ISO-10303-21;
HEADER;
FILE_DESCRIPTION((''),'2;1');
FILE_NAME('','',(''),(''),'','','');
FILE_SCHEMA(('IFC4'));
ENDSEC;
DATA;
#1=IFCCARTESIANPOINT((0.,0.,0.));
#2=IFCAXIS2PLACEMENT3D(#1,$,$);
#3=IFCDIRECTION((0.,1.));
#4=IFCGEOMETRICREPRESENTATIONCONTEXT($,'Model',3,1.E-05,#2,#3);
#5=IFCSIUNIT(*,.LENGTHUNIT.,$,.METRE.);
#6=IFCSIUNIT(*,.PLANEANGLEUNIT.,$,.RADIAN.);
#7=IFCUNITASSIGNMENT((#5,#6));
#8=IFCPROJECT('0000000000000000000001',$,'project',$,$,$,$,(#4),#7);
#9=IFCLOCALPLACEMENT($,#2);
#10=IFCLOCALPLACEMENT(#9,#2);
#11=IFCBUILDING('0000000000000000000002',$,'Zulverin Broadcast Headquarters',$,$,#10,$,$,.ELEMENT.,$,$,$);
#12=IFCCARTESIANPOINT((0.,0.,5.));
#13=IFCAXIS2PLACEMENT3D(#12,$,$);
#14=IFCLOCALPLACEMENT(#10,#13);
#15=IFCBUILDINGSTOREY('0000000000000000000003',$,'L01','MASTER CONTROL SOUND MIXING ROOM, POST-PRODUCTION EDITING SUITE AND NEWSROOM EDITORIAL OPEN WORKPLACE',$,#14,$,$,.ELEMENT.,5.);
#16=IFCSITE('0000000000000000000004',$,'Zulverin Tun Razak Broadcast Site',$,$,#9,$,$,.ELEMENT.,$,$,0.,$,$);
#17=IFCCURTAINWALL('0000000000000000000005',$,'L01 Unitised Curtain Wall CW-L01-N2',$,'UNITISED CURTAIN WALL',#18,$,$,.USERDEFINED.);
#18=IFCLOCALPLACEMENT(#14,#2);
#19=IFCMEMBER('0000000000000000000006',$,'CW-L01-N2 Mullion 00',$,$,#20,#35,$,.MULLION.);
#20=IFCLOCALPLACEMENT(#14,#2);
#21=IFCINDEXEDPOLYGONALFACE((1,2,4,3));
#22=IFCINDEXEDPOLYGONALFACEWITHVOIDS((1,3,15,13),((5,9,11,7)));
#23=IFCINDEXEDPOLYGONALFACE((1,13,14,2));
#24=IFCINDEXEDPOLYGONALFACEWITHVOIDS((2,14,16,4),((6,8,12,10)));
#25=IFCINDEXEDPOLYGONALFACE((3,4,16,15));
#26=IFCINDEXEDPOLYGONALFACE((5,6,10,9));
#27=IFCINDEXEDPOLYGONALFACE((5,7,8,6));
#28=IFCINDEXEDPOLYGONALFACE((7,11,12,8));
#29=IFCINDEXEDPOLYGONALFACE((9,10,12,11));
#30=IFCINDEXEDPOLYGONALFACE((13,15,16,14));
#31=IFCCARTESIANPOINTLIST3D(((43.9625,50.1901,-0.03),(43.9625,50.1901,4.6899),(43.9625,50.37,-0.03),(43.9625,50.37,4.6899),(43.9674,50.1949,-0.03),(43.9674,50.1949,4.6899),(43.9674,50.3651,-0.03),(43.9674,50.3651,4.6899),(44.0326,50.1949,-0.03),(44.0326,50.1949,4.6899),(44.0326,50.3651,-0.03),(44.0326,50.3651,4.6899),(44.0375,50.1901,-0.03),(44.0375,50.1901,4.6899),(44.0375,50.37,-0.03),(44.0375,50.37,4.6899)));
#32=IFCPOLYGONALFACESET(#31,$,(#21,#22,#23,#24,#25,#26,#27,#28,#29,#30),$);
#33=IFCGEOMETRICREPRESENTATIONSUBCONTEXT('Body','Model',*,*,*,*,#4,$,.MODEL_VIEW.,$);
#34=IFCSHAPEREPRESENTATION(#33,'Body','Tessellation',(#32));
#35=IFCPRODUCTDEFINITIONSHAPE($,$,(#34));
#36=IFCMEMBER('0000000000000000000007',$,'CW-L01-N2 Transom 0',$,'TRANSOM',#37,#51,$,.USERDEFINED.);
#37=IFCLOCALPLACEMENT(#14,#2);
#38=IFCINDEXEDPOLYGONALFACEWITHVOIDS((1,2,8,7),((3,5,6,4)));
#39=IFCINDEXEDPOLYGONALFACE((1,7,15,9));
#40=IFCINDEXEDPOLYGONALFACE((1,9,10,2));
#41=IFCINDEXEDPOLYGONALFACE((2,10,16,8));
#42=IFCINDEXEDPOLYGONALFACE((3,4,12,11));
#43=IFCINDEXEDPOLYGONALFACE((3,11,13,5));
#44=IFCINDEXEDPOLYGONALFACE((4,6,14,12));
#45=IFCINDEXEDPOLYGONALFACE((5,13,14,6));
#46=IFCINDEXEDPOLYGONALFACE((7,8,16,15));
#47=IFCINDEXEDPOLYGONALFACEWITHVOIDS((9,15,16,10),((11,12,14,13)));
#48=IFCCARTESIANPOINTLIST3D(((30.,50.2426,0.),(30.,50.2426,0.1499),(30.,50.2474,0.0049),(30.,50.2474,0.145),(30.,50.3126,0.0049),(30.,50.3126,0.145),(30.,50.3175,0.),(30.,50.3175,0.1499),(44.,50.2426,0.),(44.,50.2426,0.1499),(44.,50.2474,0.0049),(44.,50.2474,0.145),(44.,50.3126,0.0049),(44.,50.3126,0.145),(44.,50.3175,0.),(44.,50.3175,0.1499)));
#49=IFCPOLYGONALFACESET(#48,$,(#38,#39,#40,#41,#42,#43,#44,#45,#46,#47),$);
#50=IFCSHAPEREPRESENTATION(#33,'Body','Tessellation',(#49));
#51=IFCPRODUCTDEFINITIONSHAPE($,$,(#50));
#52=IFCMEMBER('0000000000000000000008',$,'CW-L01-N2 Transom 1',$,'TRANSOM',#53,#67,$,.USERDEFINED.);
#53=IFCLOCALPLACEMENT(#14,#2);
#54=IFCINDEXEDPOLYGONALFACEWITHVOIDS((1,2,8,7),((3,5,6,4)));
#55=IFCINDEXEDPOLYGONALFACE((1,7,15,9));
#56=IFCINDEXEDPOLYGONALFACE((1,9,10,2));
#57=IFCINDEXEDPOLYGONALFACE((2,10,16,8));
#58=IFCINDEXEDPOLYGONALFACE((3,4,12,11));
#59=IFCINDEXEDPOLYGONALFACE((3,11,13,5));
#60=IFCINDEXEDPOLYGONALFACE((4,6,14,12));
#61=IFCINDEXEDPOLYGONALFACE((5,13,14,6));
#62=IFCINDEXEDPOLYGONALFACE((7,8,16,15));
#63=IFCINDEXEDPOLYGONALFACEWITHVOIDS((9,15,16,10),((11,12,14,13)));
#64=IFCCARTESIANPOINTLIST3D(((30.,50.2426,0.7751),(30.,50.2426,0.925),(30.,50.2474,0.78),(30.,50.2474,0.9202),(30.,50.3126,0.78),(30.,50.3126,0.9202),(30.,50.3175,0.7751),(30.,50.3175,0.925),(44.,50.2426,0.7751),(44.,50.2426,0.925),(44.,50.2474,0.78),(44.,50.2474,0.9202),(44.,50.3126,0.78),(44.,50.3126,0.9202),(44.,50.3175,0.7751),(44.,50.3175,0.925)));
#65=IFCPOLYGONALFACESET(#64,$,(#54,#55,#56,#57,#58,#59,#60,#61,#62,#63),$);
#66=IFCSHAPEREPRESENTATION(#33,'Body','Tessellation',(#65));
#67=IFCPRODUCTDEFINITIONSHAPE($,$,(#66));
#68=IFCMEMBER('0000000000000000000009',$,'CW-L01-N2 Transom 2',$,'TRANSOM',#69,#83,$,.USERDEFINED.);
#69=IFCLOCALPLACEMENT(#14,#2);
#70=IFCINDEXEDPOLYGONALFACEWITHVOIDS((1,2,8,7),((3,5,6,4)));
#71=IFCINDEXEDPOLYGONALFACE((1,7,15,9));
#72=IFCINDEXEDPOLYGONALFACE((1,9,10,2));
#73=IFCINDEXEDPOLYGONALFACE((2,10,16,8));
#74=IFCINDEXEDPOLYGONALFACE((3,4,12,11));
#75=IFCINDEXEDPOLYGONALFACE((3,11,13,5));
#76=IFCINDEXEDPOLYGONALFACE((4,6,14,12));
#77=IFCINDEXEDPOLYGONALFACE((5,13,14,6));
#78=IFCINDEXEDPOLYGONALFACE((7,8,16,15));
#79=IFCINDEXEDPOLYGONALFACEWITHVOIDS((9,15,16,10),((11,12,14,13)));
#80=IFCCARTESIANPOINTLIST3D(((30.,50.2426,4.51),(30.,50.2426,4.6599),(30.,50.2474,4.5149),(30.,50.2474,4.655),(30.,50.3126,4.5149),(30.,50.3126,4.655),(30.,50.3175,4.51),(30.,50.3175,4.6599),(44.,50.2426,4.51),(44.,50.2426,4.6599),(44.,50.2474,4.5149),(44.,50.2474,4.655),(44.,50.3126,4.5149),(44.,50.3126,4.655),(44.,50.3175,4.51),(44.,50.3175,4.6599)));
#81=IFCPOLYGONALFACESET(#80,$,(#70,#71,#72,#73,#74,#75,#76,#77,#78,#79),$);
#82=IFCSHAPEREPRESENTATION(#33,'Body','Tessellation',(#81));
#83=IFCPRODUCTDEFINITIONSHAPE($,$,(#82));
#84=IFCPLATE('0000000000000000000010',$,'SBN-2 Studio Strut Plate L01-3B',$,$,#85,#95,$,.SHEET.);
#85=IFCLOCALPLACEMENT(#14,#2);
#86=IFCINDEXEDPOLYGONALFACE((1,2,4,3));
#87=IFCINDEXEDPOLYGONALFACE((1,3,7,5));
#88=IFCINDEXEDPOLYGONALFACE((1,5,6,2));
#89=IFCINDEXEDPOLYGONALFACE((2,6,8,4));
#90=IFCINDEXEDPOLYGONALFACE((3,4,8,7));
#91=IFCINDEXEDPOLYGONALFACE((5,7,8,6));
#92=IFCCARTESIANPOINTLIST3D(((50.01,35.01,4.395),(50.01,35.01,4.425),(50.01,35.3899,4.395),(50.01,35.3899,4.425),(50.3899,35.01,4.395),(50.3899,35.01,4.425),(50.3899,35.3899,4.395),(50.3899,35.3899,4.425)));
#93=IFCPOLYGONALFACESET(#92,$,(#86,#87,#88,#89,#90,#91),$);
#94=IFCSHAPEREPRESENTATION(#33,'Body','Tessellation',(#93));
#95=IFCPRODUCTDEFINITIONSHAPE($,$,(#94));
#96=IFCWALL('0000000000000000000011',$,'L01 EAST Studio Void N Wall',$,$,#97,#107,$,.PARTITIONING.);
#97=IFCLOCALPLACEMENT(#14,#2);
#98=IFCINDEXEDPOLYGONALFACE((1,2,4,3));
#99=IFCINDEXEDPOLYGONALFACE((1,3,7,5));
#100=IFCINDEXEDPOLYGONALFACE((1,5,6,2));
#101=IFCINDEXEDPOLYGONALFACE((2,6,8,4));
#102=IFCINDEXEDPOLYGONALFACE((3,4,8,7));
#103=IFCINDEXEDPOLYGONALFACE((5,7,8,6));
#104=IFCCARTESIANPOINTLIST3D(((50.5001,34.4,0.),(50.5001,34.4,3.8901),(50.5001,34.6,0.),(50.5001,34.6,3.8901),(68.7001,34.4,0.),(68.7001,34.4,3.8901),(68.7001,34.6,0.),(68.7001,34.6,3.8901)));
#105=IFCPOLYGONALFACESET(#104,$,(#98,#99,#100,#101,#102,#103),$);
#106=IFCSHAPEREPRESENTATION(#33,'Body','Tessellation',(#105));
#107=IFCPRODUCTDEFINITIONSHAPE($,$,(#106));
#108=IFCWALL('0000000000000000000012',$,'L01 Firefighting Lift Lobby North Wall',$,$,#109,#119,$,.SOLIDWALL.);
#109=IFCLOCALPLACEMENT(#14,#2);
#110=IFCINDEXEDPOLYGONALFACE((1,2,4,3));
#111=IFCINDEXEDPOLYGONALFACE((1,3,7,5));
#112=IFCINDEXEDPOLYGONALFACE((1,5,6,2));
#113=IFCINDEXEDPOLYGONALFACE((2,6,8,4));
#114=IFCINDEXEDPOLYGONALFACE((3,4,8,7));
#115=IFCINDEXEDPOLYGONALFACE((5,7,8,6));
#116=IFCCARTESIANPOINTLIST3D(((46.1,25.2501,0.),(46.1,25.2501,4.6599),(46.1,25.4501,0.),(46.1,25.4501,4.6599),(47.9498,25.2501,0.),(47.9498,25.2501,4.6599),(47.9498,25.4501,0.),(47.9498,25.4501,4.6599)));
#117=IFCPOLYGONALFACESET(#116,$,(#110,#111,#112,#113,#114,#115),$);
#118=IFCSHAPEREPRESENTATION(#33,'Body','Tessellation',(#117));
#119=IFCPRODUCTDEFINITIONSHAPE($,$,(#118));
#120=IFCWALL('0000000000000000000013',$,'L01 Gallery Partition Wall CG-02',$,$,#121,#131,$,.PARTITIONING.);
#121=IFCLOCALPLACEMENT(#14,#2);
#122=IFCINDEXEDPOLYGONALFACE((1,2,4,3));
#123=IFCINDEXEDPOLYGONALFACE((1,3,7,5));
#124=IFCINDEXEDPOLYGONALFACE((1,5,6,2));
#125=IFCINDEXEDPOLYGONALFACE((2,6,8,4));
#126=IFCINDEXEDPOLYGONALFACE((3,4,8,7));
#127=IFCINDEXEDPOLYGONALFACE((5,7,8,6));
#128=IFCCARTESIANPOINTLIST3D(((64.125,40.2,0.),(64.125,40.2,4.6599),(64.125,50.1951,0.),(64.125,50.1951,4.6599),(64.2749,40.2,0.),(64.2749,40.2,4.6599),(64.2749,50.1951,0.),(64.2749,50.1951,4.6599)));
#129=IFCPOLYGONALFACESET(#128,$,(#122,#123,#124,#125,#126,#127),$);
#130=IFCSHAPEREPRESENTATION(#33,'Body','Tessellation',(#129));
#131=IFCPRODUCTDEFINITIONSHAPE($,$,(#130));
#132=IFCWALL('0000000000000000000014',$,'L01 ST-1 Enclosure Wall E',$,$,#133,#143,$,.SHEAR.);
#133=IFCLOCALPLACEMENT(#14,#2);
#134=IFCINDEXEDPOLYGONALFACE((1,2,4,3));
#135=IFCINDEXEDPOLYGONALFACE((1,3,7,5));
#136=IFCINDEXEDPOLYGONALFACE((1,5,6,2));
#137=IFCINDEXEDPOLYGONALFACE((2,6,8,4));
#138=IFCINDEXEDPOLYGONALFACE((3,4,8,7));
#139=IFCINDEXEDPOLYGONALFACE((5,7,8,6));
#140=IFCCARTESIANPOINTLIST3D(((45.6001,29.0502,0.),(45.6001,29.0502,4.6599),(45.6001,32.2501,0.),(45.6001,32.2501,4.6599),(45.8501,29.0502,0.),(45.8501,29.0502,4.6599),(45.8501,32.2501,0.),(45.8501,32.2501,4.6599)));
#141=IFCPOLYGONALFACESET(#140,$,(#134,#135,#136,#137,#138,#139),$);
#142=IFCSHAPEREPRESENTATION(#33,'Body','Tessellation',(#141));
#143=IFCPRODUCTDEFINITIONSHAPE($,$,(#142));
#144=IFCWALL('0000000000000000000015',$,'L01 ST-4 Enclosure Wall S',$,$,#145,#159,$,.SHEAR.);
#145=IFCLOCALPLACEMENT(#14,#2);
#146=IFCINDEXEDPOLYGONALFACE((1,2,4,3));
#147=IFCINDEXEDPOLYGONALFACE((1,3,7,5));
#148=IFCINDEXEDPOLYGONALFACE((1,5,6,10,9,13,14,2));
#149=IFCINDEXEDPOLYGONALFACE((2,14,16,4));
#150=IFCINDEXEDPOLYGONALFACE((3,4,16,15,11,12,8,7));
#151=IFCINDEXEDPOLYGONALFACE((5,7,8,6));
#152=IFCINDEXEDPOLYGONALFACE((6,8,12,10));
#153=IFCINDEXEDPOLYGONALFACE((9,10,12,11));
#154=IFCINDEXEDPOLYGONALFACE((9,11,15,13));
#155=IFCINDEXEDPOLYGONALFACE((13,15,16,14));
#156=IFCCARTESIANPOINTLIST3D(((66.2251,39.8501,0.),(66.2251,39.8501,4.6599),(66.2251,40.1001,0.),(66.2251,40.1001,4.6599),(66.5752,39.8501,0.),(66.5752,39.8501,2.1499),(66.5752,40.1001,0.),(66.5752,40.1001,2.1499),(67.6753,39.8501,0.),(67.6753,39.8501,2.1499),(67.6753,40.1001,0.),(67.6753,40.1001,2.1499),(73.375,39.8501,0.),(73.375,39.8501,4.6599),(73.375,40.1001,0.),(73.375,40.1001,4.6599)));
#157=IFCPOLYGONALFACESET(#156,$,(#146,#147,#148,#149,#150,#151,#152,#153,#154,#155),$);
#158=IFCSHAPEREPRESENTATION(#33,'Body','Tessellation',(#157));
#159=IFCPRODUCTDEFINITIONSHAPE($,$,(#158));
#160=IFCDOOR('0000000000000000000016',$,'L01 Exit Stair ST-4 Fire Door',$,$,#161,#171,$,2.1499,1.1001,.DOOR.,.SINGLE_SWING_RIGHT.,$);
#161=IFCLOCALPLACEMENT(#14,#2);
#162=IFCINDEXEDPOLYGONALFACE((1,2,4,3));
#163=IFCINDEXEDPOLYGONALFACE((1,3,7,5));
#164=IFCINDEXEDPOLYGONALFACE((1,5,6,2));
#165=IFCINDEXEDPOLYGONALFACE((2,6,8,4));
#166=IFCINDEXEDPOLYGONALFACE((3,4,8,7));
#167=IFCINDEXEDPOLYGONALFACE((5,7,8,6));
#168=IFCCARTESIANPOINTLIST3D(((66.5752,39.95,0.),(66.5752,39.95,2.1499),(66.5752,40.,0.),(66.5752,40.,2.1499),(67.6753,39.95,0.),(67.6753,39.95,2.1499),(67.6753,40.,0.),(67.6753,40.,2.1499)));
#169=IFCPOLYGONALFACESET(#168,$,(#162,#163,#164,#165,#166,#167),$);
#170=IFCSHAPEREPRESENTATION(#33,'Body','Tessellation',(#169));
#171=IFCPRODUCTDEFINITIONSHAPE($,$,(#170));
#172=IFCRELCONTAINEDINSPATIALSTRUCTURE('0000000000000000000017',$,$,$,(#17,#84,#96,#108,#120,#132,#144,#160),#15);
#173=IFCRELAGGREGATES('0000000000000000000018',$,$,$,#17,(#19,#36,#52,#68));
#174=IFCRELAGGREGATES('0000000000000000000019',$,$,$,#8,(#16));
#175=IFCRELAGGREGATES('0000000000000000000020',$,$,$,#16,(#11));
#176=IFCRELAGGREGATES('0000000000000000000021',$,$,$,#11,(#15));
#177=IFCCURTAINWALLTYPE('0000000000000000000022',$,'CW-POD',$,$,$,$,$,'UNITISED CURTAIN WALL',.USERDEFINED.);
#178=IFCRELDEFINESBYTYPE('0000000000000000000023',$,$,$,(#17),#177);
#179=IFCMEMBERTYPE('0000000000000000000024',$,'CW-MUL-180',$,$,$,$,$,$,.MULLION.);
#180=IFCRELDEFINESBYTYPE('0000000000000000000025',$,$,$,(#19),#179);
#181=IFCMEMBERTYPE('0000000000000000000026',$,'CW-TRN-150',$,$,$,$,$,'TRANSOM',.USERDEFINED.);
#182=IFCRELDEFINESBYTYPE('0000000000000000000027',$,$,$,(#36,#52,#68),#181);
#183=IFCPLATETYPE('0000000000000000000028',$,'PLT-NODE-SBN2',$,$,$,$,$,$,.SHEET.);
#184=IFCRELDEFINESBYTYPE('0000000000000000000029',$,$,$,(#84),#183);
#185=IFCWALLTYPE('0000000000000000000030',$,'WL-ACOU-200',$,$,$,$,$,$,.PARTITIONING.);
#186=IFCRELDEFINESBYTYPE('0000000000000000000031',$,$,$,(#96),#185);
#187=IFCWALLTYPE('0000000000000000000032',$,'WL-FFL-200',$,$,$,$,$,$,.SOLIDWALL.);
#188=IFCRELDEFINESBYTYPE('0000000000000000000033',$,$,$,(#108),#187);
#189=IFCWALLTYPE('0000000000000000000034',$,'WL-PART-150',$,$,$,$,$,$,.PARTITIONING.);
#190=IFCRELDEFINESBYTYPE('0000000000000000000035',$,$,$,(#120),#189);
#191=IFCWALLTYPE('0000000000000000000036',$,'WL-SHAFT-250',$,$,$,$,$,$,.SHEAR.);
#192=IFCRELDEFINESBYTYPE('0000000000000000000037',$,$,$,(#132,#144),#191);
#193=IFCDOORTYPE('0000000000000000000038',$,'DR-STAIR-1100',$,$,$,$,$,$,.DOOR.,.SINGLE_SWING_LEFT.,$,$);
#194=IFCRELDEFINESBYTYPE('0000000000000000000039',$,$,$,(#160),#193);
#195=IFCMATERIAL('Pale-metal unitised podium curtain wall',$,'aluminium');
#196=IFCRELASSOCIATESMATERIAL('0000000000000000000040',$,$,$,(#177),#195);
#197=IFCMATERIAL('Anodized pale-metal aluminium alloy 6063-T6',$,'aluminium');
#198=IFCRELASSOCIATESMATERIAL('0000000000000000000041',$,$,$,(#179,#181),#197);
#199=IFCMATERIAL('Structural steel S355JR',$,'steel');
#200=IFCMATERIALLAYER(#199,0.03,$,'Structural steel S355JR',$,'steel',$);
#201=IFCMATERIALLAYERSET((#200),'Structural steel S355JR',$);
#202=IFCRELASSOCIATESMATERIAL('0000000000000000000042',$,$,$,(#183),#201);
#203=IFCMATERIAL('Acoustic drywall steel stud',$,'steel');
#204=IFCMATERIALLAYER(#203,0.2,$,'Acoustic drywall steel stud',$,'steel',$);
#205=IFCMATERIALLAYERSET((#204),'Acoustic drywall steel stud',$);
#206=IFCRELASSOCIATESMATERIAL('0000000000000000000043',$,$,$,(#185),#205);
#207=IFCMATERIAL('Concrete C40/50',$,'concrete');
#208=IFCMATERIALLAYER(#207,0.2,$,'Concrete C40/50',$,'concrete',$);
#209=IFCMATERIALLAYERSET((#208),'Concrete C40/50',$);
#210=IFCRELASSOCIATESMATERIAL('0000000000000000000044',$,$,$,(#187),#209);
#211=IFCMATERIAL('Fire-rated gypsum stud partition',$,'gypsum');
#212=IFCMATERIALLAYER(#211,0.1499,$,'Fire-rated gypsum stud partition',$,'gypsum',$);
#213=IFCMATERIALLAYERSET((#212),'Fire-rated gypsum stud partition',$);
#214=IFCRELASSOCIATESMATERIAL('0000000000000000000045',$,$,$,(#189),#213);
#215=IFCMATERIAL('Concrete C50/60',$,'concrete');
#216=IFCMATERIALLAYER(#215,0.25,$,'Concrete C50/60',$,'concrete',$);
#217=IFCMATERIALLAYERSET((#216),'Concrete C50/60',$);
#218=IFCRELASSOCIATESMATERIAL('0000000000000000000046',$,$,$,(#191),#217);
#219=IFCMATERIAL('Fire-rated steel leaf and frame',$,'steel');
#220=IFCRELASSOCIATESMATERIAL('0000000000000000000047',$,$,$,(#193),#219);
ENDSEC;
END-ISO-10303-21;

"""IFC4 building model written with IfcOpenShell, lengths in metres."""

from ifc_helpers import new_model, si_unit, direction, frame, frame_2d, origin, origin_2d, place, context, subcontext, project, spatial, rectangle, hollow_rectangle, extrude, material, layer, layer_set, material_profile, profile_set, type_object, element, fill, aggregate, save


model = new_model("IFC4")

# Units and contexts
model_context = context("Model", 3, precision=1e-05, world=origin(), true_north=direction((0.0, 1.0)))
body_context = subcontext(model_context, "Body", "Model", "MODEL_VIEW")
ifc_project = project(units=[si_unit("LENGTHUNIT", "METRE"), si_unit("PLANEANGLEUNIT", "RADIAN")], contexts=[model_context])

# Site, building, storey
site_placement = place(None, origin())
site = spatial("IfcSite", under=ifc_project, at=site_placement, Name="Zulverin Tun Razak Broadcast Site", CompositionType="ELEMENT", RefElevation=0.0)
building_placement = place(site_placement, origin())
building = spatial("IfcBuilding", under=site, at=building_placement, Name="Zulverin Broadcast Headquarters", CompositionType="ELEMENT")
storey_placement = place(building_placement, frame((0.0, 0.0, 5.0)))
storey = spatial("IfcBuildingStorey", under=building, at=storey_placement, Name="L01", Description="MASTER CONTROL SOUND MIXING ROOM, POST-PRODUCTION EDITING SUITE AND NEWSROOM EDITORIAL OPEN WORKPLACE", CompositionType="ELEMENT", Elevation=5.0)

# Shared definitions
ifc_material_1 = material(Name="Structural steel S355JR", Category="steel")

# Curtain wall, members
ifc_material_2 = material(Name="Pale-metal unitised podium curtain wall", Category="aluminium")
curtain_wall_type = type_object("IfcCurtainWallType", Name="CW-POD", ElementType="UNITISED CURTAIN WALL", PredefinedType="USERDEFINED", material=ifc_material_2)
curtain_wall_placement = place(storey_placement, origin())
curtain_wall = element("IfcCurtainWall", 1, at=curtain_wall_placement, inside=storey, type_object=curtain_wall_type, Name="L01 Unitised Curtain Wall CW-L01-N2", ObjectType="UNITISED CURTAIN WALL", PredefinedType="USERDEFINED")
ifc_material_3 = material(Name="Anodized pale-metal aluminium alloy 6063-T6", Category="aluminium")
ifc_material_profile_1 = material_profile(ifc_material_3, hollow_rectangle(XDim=0.075, YDim=0.1799, WallThickness=0.0049, at=origin_2d()), Name="Anodized pale-metal aluminium alloy 6063-T6", Category="aluminium")
ifc_profile_set_1 = profile_set([ifc_material_profile_1], Name="Anodized pale-metal aluminium alloy 6063-T6")
member_type_1 = type_object("IfcMemberType", Name="CW-MUL-180", PredefinedType="MULLION", material=ifc_profile_set_1)
member_1_placement = place(storey_placement, frame((44.0, 50.28, -0.03), z_axis=(0.0, 0.0, 1.0), x_axis=(-1.0, 0.0, 0.0)))
member_1 = element("IfcMember", 2, at=member_1_placement, type_object=member_type_1, Name="CW-L01-N2 Mullion 00", PredefinedType="MULLION", context=body_context, shape_type="SweptSolid", body=[
    extrude(hollow_rectangle(XDim=0.075, YDim=0.1799, WallThickness=0.0049, at=origin_2d()), origin(), (0.0, 0.0, 1.0), 4.72),
])
ifc_material_profile_2 = material_profile(ifc_material_3, hollow_rectangle(XDim=0.075, YDim=0.1499, WallThickness=0.0049, at=origin_2d()), Name="Anodized pale-metal aluminium alloy 6063-T6", Category="aluminium")
ifc_profile_set_2 = profile_set([ifc_material_profile_2], Name="Anodized pale-metal aluminium alloy 6063-T6")
member_type_2 = type_object("IfcMemberType", Name="CW-TRN-150", ElementType="TRANSOM", PredefinedType="USERDEFINED", material=ifc_profile_set_2)
member_2_placement = place(storey_placement, frame((44.0, 50.28, 0.075), z_axis=(-1.0, 0.0, 0.0), x_axis=(0.0, -1.0, 0.0)))
member_2 = element("IfcMember", 3, at=member_2_placement, type_object=member_type_2, Name="CW-L01-N2 Transom 0", ObjectType="TRANSOM", PredefinedType="USERDEFINED", context=body_context, shape_type="SweptSolid", body=[
    extrude(hollow_rectangle(XDim=0.075, YDim=0.1499, WallThickness=0.0049, at=origin_2d()), origin(), (0.0, 0.0, 1.0), 14.0),
])
member_3_placement = place(storey_placement, frame((44.0, 50.28, 0.8501), z_axis=(-1.0, 0.0, 0.0), x_axis=(0.0, -1.0, 0.0)))
member_3 = element("IfcMember", 4, at=member_3_placement, type_object=member_type_2, Name="CW-L01-N2 Transom 1", ObjectType="TRANSOM", PredefinedType="USERDEFINED", context=body_context, shape_type="SweptSolid", body=[
    extrude(hollow_rectangle(XDim=0.075, YDim=0.1499, WallThickness=0.0049, at=origin_2d()), origin(), (0.0, 0.0, 1.0), 14.0),
])
member_4_placement = place(storey_placement, frame((44.0, 50.28, 4.585), z_axis=(-1.0, 0.0, 0.0), x_axis=(0.0, -1.0, 0.0)))
member_4 = element("IfcMember", 5, at=member_4_placement, type_object=member_type_2, Name="CW-L01-N2 Transom 2", ObjectType="TRANSOM", PredefinedType="USERDEFINED", context=body_context, shape_type="SweptSolid", body=[
    extrude(hollow_rectangle(XDim=0.075, YDim=0.1499, WallThickness=0.0049, at=origin_2d()), origin(), (0.0, 0.0, 1.0), 14.0),
])
aggregate(curtain_wall, [member_1, member_2, member_3, member_4])

# Plate
ifc_layer_1 = layer(ifc_material_1, 0.03, Name="Structural steel S355JR", Category="steel")
ifc_layer_set_1 = layer_set([ifc_layer_1], Name="Structural steel S355JR")
plate_type = type_object("IfcPlateType", Name="PLT-NODE-SBN2", PredefinedType="SHEET", material=ifc_layer_set_1)
plate_placement = place(storey_placement, frame((50.2, 35.2, 4.395), z_axis=(0.0, 0.0, 1.0), x_axis=(1.0, 0.0, 0.0)))
element("IfcPlate", 6, at=plate_placement, inside=storey, type_object=plate_type, Name="SBN-2 Studio Strut Plate L01-3B", PredefinedType="SHEET", context=body_context, shape_type="SweptSolid", body=[
    extrude(rectangle(XDim=0.3799, YDim=0.3799, at=origin_2d()), origin(), (0.0, 0.0, 1.0), 0.03),
])

# Walls
ifc_material_4 = material(Name="Acoustic drywall steel stud", Category="steel")
ifc_layer_2 = layer(ifc_material_4, 0.2, Name="Acoustic drywall steel stud", Category="steel")
ifc_layer_set_2 = layer_set([ifc_layer_2], Name="Acoustic drywall steel stud")
wall_type_1 = type_object("IfcWallType", Name="WL-ACOU-200", PredefinedType="PARTITIONING", material=ifc_layer_set_2)
wall_1_placement = place(storey_placement, frame((50.5, 34.5, 0.0), z_axis=(0.0, 0.0, 1.0), x_axis=(1.0, 0.0, 0.0)))
element("IfcWall", 7, at=wall_1_placement, inside=storey, type_object=wall_type_1, Name="L01 EAST Studio Void N Wall", PredefinedType="PARTITIONING", context=body_context, shape_type="SweptSolid", body=[
    extrude(rectangle(XDim=18.2, YDim=0.2, at=frame_2d((9.1001, 0.0))), origin(), (0.0, 0.0, 1.0), 3.8901),
])
ifc_material_5 = material(Name="Concrete C40/50", Category="concrete")
ifc_layer_3 = layer(ifc_material_5, 0.2, Name="Concrete C40/50", Category="concrete")
ifc_layer_set_3 = layer_set([ifc_layer_3], Name="Concrete C40/50")
wall_type_2 = type_object("IfcWallType", Name="WL-FFL-200", PredefinedType="SOLIDWALL", material=ifc_layer_set_3)
wall_2_placement = place(storey_placement, frame((46.1001, 25.3501, 0.0), z_axis=(0.0, 0.0, 1.0), x_axis=(1.0, 0.0, 0.0)))
element("IfcWall", 8, at=wall_2_placement, inside=storey, type_object=wall_type_2, Name="L01 Firefighting Lift Lobby North Wall", PredefinedType="SOLIDWALL", context=body_context, shape_type="SweptSolid", body=[
    extrude(rectangle(XDim=1.8499, YDim=0.2, at=frame_2d((0.9248, 0.0))), origin(), (0.0, 0.0, 1.0), 4.6599),
])
ifc_material_6 = material(Name="Fire-rated gypsum stud partition", Category="gypsum")
ifc_layer_4 = layer(ifc_material_6, 0.1499, Name="Fire-rated gypsum stud partition", Category="gypsum")
ifc_layer_set_4 = layer_set([ifc_layer_4], Name="Fire-rated gypsum stud partition")
wall_type_3 = type_object("IfcWallType", Name="WL-PART-150", PredefinedType="PARTITIONING", material=ifc_layer_set_4)
wall_3_placement = place(storey_placement, frame((64.2, 40.2, 0.0), z_axis=(0.0, 0.0, 1.0), x_axis=(0.0, 1.0, 0.0)))
element("IfcWall", 9, at=wall_3_placement, inside=storey, type_object=wall_type_3, Name="L01 Gallery Partition Wall CG-02", PredefinedType="PARTITIONING", context=body_context, shape_type="SweptSolid", body=[
    extrude(rectangle(XDim=9.9951, YDim=0.1499, at=frame_2d((4.9976, 0.0))), origin(), (0.0, 0.0, 1.0), 4.6599),
])
ifc_material_7 = material(Name="Concrete C50/60", Category="concrete")
ifc_layer_5 = layer(ifc_material_7, 0.25, Name="Concrete C50/60", Category="concrete")
ifc_layer_set_5 = layer_set([ifc_layer_5], Name="Concrete C50/60")
wall_type_4 = type_object("IfcWallType", Name="WL-SHAFT-250", PredefinedType="SHEAR", material=ifc_layer_set_5)
wall_4_placement = place(storey_placement, frame((45.7251, 29.05, 0.0), z_axis=(0.0, 0.0, 1.0), x_axis=(0.0, 1.0, 0.0)))
element("IfcWall", 10, at=wall_4_placement, inside=storey, type_object=wall_type_4, Name="L01 ST-1 Enclosure Wall E", PredefinedType="SHEAR", context=body_context, shape_type="SweptSolid", body=[
    extrude(rectangle(XDim=3.2, YDim=0.25, at=frame_2d((1.6001, 0.0))), origin(), (0.0, 0.0, 1.0), 4.6599),
])

# Wall, opening, door
wall_5_placement = place(storey_placement, frame((66.2251, 39.9751, 0.0), z_axis=(0.0, 0.0, 1.0), x_axis=(1.0, 0.0, 0.0)))
wall_5 = element("IfcWall", 11, at=wall_5_placement, inside=storey, type_object=wall_type_4, Name="L01 ST-4 Enclosure Wall S", PredefinedType="SHEAR", context=body_context, shape_type="SweptSolid", body=[
    extrude(rectangle(XDim=7.1499, YDim=0.25, at=frame_2d((3.575, 0.0))), origin(), (0.0, 0.0, 1.0), 4.6599),
])
opening_1_placement = place(wall_5_placement, frame((0.3501, 0.0, 0.0)))
opening_1 = element("IfcOpeningElement", 12, at=opening_1_placement, cuts=wall_5, PredefinedType="OPENING", context=body_context, shape_type="SweptSolid", body=[
    extrude(rectangle(XDim=1.1001, YDim=2.1499, at=frame_2d((0.55, 1.075))), frame((0.0, 0.135, 0.0), z_axis=(0.0, -1.0, 0.0), x_axis=(1.0, 0.0, 0.0)), (0.0, 0.0, 1.0), 0.27),
])
ifc_material_8 = material(Name="Fire-rated steel leaf and frame", Category="steel")
door_type_1 = type_object("IfcDoorType", Name="DR-STAIR-1100", OperationType="SINGLE_SWING_LEFT", PredefinedType="DOOR", material=ifc_material_8)
door_1_placement = place(opening_1_placement, origin())
door_1 = element("IfcDoor", 13, at=door_1_placement, inside=storey, type_object=door_type_1, Name="L01 Exit Stair ST-4 Fire Door", OperationType="SINGLE_SWING_RIGHT", OverallHeight=2.1499, OverallWidth=1.1001, PredefinedType="DOOR", context=body_context, shape_type="SweptSolid", body=[
    extrude(rectangle(XDim=1.1001, YDim=2.1499, at=frame_2d((0.55, 1.075))), frame((0.0, 0.0249, 0.0), z_axis=(0.0, -1.0, 0.0), x_axis=(1.0, 0.0, 0.0)), (0.0, 0.0, 1.0), 0.05),
])
fill(opening_1, door_1)

save(model, "model.ifc")
